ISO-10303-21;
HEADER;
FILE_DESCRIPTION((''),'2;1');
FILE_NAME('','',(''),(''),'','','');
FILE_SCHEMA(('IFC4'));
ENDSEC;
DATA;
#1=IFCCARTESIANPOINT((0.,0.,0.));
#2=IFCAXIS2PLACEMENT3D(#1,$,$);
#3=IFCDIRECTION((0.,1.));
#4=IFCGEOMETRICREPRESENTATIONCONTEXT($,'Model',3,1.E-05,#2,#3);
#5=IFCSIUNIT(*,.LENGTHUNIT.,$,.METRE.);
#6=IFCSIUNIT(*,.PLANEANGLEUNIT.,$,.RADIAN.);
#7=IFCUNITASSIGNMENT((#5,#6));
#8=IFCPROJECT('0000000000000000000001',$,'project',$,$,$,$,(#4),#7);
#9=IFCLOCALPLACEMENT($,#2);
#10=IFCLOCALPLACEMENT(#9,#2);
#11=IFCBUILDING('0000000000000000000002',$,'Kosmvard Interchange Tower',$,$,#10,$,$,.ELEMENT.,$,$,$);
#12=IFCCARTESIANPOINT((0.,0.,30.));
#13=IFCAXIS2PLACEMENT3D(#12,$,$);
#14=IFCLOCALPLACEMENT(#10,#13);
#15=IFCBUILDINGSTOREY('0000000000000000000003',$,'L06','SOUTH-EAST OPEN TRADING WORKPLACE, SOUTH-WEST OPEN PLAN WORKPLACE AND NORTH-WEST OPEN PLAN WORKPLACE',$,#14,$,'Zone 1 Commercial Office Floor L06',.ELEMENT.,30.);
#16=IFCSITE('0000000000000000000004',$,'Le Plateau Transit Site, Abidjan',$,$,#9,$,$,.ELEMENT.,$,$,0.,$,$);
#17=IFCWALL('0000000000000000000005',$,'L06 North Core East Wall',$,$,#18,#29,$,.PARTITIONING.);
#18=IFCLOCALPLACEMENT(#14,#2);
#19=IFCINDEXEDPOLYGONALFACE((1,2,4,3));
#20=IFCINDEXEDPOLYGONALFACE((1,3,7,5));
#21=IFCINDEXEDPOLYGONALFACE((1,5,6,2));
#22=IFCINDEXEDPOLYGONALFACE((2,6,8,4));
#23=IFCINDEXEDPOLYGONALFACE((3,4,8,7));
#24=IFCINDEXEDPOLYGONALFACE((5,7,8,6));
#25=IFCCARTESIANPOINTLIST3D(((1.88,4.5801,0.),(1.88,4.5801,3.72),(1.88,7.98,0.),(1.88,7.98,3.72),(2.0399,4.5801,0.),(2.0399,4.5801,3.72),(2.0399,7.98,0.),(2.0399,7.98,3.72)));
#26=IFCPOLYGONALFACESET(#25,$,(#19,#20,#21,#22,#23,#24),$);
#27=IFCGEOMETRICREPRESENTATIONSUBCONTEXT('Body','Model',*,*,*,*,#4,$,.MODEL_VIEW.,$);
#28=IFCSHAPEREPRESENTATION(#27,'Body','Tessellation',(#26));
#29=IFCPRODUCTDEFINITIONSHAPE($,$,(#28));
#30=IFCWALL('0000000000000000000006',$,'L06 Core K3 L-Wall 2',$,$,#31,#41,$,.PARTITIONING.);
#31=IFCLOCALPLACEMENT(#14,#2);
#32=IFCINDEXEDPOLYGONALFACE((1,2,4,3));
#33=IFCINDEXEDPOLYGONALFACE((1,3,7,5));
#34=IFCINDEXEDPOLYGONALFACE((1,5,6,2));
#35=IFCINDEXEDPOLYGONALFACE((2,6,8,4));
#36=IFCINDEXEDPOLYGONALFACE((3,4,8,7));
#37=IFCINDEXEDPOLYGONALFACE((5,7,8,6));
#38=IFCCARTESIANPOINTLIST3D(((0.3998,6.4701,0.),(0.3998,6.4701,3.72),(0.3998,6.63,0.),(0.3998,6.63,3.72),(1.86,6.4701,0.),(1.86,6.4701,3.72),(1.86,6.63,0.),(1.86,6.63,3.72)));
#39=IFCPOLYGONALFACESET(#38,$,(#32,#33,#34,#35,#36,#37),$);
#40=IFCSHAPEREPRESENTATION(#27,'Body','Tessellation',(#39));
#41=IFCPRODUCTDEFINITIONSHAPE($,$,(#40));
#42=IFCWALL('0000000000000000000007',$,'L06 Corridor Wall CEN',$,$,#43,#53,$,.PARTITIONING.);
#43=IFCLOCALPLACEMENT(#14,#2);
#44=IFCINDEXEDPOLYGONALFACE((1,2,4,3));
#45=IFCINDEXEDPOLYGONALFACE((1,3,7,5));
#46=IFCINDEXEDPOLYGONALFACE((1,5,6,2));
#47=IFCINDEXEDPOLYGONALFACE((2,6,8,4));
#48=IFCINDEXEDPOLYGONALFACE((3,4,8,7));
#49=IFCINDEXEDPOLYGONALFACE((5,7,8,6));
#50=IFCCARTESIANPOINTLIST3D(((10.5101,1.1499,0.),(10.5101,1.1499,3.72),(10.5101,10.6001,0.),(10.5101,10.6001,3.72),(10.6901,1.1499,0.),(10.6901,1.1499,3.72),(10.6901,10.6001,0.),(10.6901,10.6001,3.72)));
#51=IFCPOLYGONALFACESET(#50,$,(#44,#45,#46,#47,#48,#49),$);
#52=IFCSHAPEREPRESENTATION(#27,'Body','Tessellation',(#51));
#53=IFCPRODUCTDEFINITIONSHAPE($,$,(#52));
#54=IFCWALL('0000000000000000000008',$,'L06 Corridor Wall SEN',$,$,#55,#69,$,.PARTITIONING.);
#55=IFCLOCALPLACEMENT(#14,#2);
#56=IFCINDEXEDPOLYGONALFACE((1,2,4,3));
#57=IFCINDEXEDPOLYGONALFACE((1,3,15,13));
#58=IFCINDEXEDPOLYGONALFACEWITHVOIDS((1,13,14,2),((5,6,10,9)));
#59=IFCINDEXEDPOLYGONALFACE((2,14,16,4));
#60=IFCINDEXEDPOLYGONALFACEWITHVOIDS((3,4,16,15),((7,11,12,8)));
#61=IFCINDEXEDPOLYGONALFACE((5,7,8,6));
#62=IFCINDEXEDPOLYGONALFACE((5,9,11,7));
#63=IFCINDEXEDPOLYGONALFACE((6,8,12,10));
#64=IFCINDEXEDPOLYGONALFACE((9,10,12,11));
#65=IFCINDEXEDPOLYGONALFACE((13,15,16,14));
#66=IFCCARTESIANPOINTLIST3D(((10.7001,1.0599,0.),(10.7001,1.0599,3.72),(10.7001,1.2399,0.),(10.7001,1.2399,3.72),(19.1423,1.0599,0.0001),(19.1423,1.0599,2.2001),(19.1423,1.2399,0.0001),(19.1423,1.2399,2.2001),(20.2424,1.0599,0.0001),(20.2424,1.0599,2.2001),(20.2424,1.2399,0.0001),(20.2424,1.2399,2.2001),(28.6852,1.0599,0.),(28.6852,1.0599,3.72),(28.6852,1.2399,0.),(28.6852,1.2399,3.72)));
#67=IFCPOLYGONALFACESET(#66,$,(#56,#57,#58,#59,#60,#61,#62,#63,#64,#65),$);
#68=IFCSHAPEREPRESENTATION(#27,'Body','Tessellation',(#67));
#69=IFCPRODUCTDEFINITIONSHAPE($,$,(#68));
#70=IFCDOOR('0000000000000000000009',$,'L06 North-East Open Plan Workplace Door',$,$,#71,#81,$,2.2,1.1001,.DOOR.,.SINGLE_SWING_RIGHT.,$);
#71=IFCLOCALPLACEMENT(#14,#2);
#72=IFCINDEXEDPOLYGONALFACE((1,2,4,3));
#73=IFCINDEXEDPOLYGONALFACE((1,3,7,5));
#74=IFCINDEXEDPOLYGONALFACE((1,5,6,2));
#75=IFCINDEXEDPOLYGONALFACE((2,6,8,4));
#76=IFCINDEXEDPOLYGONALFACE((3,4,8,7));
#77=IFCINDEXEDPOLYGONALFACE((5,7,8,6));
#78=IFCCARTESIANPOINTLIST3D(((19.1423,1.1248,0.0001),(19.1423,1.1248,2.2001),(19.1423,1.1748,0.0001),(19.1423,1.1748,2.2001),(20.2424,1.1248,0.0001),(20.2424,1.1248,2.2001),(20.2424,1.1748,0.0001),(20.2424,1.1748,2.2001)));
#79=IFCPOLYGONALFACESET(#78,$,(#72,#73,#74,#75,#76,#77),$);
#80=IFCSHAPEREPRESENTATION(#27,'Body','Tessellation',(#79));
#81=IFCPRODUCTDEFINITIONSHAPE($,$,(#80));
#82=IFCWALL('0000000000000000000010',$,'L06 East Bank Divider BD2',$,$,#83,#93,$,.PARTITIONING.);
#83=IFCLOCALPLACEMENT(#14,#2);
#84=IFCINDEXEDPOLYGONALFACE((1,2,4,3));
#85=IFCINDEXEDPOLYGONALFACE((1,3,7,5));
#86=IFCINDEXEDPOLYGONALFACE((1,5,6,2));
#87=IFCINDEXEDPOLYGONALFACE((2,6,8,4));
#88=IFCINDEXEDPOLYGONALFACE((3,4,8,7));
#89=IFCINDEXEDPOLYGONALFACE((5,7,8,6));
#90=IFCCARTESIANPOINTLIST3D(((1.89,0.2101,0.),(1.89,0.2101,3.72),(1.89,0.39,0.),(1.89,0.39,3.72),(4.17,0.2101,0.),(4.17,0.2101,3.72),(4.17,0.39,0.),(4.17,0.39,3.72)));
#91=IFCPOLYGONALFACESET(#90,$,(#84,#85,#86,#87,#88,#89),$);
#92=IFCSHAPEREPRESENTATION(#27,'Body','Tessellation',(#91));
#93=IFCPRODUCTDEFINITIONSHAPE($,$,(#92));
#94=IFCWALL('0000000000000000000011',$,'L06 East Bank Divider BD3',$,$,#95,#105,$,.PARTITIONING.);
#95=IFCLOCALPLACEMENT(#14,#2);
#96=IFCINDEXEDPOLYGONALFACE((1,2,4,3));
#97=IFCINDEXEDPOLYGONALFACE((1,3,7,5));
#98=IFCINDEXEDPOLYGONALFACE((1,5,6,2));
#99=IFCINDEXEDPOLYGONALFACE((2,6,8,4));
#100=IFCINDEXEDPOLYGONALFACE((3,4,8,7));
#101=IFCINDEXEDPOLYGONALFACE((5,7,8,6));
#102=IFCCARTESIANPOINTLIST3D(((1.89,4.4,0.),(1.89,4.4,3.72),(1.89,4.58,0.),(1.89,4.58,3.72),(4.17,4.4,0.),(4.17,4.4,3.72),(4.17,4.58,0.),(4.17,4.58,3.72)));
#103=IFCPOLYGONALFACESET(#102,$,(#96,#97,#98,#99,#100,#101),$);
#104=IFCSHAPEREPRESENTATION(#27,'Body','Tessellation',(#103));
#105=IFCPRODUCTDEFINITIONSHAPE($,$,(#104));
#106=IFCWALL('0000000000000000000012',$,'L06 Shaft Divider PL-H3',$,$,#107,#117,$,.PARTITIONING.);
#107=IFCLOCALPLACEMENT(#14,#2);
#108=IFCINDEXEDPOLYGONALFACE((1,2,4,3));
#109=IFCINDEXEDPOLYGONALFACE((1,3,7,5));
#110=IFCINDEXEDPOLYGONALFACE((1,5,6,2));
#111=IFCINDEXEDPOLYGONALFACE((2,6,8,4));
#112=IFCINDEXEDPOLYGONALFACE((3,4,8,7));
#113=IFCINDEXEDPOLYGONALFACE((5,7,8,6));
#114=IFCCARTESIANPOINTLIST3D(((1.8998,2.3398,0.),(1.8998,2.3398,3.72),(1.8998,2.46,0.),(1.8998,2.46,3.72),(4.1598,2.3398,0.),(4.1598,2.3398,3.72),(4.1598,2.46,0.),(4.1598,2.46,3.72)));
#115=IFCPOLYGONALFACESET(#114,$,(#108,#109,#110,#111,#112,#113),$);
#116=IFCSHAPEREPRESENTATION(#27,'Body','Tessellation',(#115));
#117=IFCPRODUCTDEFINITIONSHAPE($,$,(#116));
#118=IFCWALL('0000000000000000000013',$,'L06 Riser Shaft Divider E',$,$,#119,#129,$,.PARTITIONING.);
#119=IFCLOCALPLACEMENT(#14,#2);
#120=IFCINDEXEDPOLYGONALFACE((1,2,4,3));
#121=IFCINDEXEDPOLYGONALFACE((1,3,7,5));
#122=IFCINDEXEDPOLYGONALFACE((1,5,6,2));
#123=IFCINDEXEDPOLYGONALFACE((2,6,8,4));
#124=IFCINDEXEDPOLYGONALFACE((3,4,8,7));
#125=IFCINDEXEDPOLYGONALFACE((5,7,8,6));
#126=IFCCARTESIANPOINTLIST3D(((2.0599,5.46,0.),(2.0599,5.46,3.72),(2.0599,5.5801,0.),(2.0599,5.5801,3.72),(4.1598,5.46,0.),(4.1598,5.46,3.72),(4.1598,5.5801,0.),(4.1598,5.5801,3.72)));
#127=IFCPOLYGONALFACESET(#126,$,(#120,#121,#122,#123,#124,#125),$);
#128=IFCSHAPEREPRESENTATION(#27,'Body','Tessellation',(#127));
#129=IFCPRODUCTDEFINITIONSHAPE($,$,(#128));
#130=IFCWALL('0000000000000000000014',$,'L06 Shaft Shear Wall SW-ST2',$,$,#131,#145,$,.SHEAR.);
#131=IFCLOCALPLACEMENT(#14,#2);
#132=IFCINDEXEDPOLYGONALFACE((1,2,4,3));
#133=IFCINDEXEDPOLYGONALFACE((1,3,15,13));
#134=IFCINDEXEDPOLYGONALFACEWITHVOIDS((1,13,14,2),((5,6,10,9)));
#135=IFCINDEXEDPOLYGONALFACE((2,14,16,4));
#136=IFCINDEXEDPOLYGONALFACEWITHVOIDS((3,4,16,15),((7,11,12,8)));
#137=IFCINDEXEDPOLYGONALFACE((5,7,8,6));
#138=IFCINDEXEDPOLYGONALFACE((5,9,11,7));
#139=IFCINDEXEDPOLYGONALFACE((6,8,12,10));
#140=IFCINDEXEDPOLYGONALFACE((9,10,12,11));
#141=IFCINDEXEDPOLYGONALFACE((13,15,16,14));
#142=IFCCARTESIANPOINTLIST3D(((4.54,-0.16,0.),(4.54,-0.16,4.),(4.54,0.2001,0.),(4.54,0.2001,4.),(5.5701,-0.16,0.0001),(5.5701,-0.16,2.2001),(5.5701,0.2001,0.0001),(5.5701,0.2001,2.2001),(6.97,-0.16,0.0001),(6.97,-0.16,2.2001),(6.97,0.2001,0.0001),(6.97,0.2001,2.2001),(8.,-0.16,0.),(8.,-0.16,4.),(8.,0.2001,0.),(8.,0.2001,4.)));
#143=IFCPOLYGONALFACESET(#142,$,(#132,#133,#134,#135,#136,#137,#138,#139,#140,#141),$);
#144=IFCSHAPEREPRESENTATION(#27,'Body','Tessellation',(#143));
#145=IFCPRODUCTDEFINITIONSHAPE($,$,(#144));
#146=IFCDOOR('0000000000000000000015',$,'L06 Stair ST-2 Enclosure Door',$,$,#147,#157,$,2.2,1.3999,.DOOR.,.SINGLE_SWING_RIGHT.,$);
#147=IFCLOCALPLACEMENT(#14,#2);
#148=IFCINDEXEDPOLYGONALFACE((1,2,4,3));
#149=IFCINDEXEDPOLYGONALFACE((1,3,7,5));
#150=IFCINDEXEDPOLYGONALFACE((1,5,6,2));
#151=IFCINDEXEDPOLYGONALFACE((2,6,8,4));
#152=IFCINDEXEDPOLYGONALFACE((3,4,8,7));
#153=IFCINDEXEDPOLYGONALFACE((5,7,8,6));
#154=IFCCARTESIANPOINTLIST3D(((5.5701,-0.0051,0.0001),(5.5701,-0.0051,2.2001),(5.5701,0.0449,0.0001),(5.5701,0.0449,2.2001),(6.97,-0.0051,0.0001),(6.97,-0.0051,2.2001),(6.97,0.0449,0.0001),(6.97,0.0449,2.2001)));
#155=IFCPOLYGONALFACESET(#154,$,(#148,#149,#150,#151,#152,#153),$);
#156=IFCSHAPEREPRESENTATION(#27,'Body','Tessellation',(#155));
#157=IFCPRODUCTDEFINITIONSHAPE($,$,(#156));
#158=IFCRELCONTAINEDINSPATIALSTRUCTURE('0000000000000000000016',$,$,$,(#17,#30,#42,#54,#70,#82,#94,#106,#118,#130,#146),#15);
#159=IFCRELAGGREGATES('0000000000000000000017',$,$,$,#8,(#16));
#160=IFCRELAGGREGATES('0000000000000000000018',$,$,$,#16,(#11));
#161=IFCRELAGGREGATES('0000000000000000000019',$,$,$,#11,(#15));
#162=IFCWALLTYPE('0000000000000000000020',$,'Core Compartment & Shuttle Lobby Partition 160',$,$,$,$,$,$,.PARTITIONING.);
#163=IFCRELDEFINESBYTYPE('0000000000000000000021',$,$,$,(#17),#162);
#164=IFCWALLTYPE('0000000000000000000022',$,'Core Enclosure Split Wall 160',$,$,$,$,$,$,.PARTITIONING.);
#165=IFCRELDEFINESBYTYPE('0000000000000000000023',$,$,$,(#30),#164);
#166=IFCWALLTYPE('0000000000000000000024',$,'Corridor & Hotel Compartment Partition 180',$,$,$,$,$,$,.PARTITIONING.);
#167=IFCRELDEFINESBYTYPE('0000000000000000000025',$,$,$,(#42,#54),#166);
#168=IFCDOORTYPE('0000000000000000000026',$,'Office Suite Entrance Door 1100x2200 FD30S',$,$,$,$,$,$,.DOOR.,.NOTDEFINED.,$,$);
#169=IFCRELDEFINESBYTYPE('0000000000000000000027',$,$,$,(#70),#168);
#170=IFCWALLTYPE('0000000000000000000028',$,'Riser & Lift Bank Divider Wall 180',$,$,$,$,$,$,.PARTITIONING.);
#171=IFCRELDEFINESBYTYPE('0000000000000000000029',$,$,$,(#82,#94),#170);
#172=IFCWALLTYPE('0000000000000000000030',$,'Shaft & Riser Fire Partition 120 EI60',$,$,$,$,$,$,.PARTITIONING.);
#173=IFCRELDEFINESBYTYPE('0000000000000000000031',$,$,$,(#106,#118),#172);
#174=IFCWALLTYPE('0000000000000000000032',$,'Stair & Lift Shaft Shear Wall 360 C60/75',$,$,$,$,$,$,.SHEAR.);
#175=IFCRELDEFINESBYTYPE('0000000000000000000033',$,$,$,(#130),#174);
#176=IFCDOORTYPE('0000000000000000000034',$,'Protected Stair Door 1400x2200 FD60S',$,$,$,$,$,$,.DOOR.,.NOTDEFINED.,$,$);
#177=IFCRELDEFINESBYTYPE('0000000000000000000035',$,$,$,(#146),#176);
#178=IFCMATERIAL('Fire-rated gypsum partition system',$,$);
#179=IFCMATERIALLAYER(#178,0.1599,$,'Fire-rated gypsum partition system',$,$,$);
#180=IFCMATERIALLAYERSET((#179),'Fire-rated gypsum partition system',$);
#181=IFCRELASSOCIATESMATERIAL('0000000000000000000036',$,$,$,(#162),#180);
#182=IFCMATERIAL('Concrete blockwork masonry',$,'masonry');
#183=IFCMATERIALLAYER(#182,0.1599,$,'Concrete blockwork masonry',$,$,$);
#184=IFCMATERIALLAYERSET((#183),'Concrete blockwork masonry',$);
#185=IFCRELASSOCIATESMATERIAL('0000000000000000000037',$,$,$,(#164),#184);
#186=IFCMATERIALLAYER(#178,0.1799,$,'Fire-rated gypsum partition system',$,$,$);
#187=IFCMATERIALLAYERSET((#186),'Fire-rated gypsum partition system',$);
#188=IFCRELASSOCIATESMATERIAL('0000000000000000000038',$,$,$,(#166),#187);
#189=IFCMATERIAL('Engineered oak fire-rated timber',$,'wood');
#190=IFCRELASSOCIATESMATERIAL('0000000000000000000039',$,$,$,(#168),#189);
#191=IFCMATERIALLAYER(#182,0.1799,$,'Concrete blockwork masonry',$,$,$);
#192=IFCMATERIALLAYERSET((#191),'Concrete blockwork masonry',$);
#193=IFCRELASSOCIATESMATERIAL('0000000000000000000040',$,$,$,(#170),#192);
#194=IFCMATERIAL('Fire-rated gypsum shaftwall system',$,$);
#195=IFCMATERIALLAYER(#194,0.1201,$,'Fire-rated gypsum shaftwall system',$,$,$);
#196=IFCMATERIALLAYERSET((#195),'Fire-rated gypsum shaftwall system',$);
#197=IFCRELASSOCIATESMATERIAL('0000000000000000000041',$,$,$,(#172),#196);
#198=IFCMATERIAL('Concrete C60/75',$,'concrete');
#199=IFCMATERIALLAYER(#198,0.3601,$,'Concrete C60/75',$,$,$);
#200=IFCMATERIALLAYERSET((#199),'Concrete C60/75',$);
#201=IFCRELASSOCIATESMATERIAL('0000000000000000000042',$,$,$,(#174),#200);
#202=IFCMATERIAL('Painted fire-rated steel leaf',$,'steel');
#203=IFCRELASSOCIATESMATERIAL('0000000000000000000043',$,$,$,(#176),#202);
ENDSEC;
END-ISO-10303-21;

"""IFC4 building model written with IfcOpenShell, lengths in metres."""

from ifc_helpers import new_model, si_unit, direction, frame, frame_2d, origin, place, context, subcontext, project, spatial, rectangle, extrude, source, transform, mapped, material, layer, layer_set, type_object, element, fill, save


model = new_model("IFC4")

# Units and contexts
model_context = context("Model", 3, precision=1e-05, world=origin(), true_north=direction((0.0, 1.0)))
body_context = subcontext(model_context, "Body", "Model", "MODEL_VIEW")
ifc_project = project(units=[si_unit("LENGTHUNIT", "METRE"), si_unit("PLANEANGLEUNIT", "RADIAN")], contexts=[model_context])

# Site, building, storey
site_placement = place(None, origin())
site = spatial("IfcSite", under=ifc_project, at=site_placement, Name="Le Plateau Transit Site, Abidjan", CompositionType="ELEMENT", RefElevation=0.0)
building_placement = place(site_placement, origin())
building = spatial("IfcBuilding", under=site, at=building_placement, Name="Kosmvard Interchange Tower", CompositionType="ELEMENT")
storey_placement = place(building_placement, frame((0.0, 0.0, 30.0)))
storey = spatial("IfcBuildingStorey", under=building, at=storey_placement, Name="L06", Description="SOUTH-EAST OPEN TRADING WORKPLACE, SOUTH-WEST OPEN PLAN WORKPLACE AND NORTH-WEST OPEN PLAN WORKPLACE", LongName="Zone 1 Commercial Office Floor L06", CompositionType="ELEMENT", Elevation=30.0)

# Walls
ifc_material_1 = material(Name="Fire-rated gypsum partition system")
ifc_layer_1 = layer(ifc_material_1, 0.1599, Name="Fire-rated gypsum partition system")
ifc_layer_set_1 = layer_set([ifc_layer_1], Name="Fire-rated gypsum partition system")
wall_type_1 = type_object("IfcWallType", Name="Core Compartment & Shuttle Lobby Partition 160", PredefinedType="PARTITIONING", material=ifc_layer_set_1)
wall_1_placement = place(storey_placement, frame((1.96, 4.5801, 0.0), z_axis=(0.0, 0.0, 1.0), x_axis=(0.0, 1.0, 0.0)))
element("IfcWall", 1, at=wall_1_placement, inside=storey, type_object=wall_type_1, Name="L06 North Core East Wall", PredefinedType="PARTITIONING", context=body_context, shape_type="SweptSolid", body=[
    extrude(rectangle(XDim=3.3999, YDim=0.1599, at=frame_2d((1.7, 0.0))), origin(), (0.0, 0.0, 1.0), 3.72),
])
ifc_material_2 = material(Name="Concrete blockwork masonry", Category="masonry")
ifc_layer_2 = layer(ifc_material_2, 0.1599, Name="Concrete blockwork masonry")
ifc_layer_set_2 = layer_set([ifc_layer_2], Name="Concrete blockwork masonry")
wall_type_2 = type_object("IfcWallType", Name="Core Enclosure Split Wall 160", PredefinedType="PARTITIONING", material=ifc_layer_set_2)
wall_2_placement = place(storey_placement, frame((0.3999, 6.55, 0.0), z_axis=(0.0, 0.0, 1.0), x_axis=(1.0, 0.0, 0.0)))
element("IfcWall", 2, at=wall_2_placement, inside=storey, type_object=wall_type_2, Name="L06 Core K3 L-Wall 2", PredefinedType="PARTITIONING", context=body_context, shape_type="SweptSolid", body=[
    extrude(rectangle(XDim=1.4602, YDim=0.1599, at=frame_2d((0.73, 0.0))), origin(), (0.0, 0.0, 1.0), 3.72),
])
ifc_layer_3 = layer(ifc_material_1, 0.1799, Name="Fire-rated gypsum partition system")
ifc_layer_set_3 = layer_set([ifc_layer_3], Name="Fire-rated gypsum partition system")
wall_type_3 = type_object("IfcWallType", Name="Corridor & Hotel Compartment Partition 180", PredefinedType="PARTITIONING", material=ifc_layer_set_3)
wall_3_placement = place(storey_placement, frame((10.6001, 1.1499, 0.0), z_axis=(0.0, 0.0, 1.0), x_axis=(0.0, 1.0, 0.0)))
element("IfcWall", 3, at=wall_3_placement, inside=storey, type_object=wall_type_3, Name="L06 Corridor Wall CEN", PredefinedType="PARTITIONING", context=body_context, shape_type="SweptSolid", body=[
    extrude(rectangle(XDim=9.4502, YDim=0.1799, at=frame_2d((4.7251, 0.0))), origin(), (0.0, 0.0, 1.0), 3.72),
])

# Wall, opening, door
wall_4_placement = place(storey_placement, frame((10.7, 1.1499, 0.0), z_axis=(0.0, 0.0, 1.0), x_axis=(1.0, 0.0, 0.0)))
wall_4 = element("IfcWall", 4, at=wall_4_placement, inside=storey, type_object=wall_type_3, Name="L06 Corridor Wall SEN", PredefinedType="PARTITIONING", context=body_context, shape_type="SweptSolid", body=[
    extrude(rectangle(XDim=17.9851, YDim=0.1799, at=frame_2d((8.9927, 0.0))), origin(), (0.0, 0.0, 1.0), 3.72),
])
opening_1_placement = place(wall_4_placement, frame((8.4424, 0.0, 0.0)))
opening_1 = element("IfcOpeningElement", 5, at=opening_1_placement, cuts=wall_4, PredefinedType="OPENING", context=body_context, shape_type="SweptSolid", body=[
    extrude(rectangle(XDim=1.1001, YDim=2.2, at=frame_2d((0.55, 1.1001))), frame((0.0, 0.1001, 0.0), z_axis=(0.0, -1.0, 0.0), x_axis=(1.0, 0.0, 0.0)), (0.0, 0.0, 1.0), 0.2),
])
ifc_material_3 = material(Name="Engineered oak fire-rated timber", Category="wood")
door_type_1 = type_object("IfcDoorType", Name="Office Suite Entrance Door 1100x2200 FD30S", OperationType="NOTDEFINED", PredefinedType="DOOR", material=ifc_material_3)
shared_shape_1 = source(origin(), body_context, "Body", "SweptSolid", [
    extrude(rectangle(XDim=1.1001, YDim=2.2, at=frame_2d((0.55, 1.1001))), frame((0.0, 0.0249, 0.0), z_axis=(0.0, -1.0, 0.0), x_axis=(1.0, 0.0, 0.0)), (0.0, 0.0, 1.0), 0.05),
])
door_1_placement = place(opening_1_placement, origin())
door_1 = element("IfcDoor", 6, at=door_1_placement, inside=storey, type_object=door_type_1, Name="L06 North-East Open Plan Workplace Door", OperationType="SINGLE_SWING_RIGHT", OverallHeight=2.2, OverallWidth=1.1001, PredefinedType="DOOR", context=body_context, shape_type="MappedRepresentation", body=[
    mapped(shared_shape_1, transform((0.0, 0.0, 0.0), scale=1.0)),
])
fill(opening_1, door_1)

# Walls
ifc_layer_4 = layer(ifc_material_2, 0.1799, Name="Concrete blockwork masonry")
ifc_layer_set_4 = layer_set([ifc_layer_4], Name="Concrete blockwork masonry")
wall_type_4 = type_object("IfcWallType", Name="Riser & Lift Bank Divider Wall 180", PredefinedType="PARTITIONING", material=ifc_layer_set_4)
for number, where, z_axis, x_axis, name in (
    (7, (1.8899, 0.3, 0.0), (0.0, 0.0, 1.0), (1.0, 0.0, 0.0), "L06 East Bank Divider BD2"),
    (8, (1.8899, 4.49, 0.0), (0.0, 0.0, 1.0), (1.0, 0.0, 0.0), "L06 East Bank Divider BD3"),
):
    element("IfcWall", number, at=place(storey_placement, frame(where, z_axis=z_axis, x_axis=x_axis)), inside=storey, type_object=wall_type_4, Name=name, PredefinedType="PARTITIONING", context=body_context, shape_type="SweptSolid", body=[
        extrude(rectangle(XDim=2.28, YDim=0.1799, at=frame_2d((1.1401, 0.0))), origin(), (0.0, 0.0, 1.0), 3.72),
    ])
ifc_material_4 = material(Name="Fire-rated gypsum shaftwall system")
ifc_layer_5 = layer(ifc_material_4, 0.1201, Name="Fire-rated gypsum shaftwall system")
ifc_layer_set_5 = layer_set([ifc_layer_5], Name="Fire-rated gypsum shaftwall system")
wall_type_5 = type_object("IfcWallType", Name="Shaft & Riser Fire Partition 120 EI60", PredefinedType="PARTITIONING", material=ifc_layer_set_5)
wall_5_placement = place(storey_placement, frame((1.8999, 2.3999, 0.0), z_axis=(0.0, 0.0, 1.0), x_axis=(1.0, 0.0, 0.0)))
element("IfcWall", 9, at=wall_5_placement, inside=storey, type_object=wall_type_5, Name="L06 Shaft Divider PL-H3", PredefinedType="PARTITIONING", context=body_context, shape_type="SweptSolid", body=[
    extrude(rectangle(XDim=2.26, YDim=0.1201, at=frame_2d((1.1299, 0.0))), origin(), (0.0, 0.0, 1.0), 3.72),
])
wall_6_placement = place(storey_placement, frame((2.0601, 5.52, 0.0), z_axis=(0.0, 0.0, 1.0), x_axis=(1.0, 0.0, 0.0)))
element("IfcWall", 10, at=wall_6_placement, inside=storey, type_object=wall_type_5, Name="L06 Riser Shaft Divider E", PredefinedType="PARTITIONING", context=body_context, shape_type="SweptSolid", body=[
    extrude(rectangle(XDim=2.0999, YDim=0.1201, at=frame_2d((1.0498, 0.0))), origin(), (0.0, 0.0, 1.0), 3.72),
])

# Wall, opening, door
ifc_material_5 = material(Name="Concrete C60/75", Category="concrete")
ifc_layer_6 = layer(ifc_material_5, 0.3601, Name="Concrete C60/75")
ifc_layer_set_6 = layer_set([ifc_layer_6], Name="Concrete C60/75")
wall_type_6 = type_object("IfcWallType", Name="Stair & Lift Shaft Shear Wall 360 C60/75", PredefinedType="SHEAR", material=ifc_layer_set_6)
wall_7_placement = place(storey_placement, frame((4.54, 0.02, 0.0), z_axis=(0.0, 0.0, 1.0), x_axis=(1.0, 0.0, 0.0)))
wall_7 = element("IfcWall", 11, at=wall_7_placement, inside=storey, type_object=wall_type_6, Name="L06 Shaft Shear Wall SW-ST2", PredefinedType="SHEAR", context=body_context, shape_type="SweptSolid", body=[
    extrude(rectangle(XDim=3.46, YDim=0.3601, at=frame_2d((1.73, 0.0))), origin(), (0.0, 0.0, 1.0), 4.0),
])
opening_2_placement = place(wall_7_placement, frame((1.03, 0.0, 0.0)))
opening_2 = element("IfcOpeningElement", 12, at=opening_2_placement, cuts=wall_7, PredefinedType="OPENING", context=body_context, shape_type="SweptSolid", body=[
    extrude(rectangle(XDim=1.3999, YDim=2.2, at=frame_2d((0.7, 1.1001))), frame((0.0, 0.1899, 0.0), z_axis=(0.0, -1.0, 0.0), x_axis=(1.0, 0.0, 0.0)), (0.0, 0.0, 1.0), 0.3801),
])
ifc_material_6 = material(Name="Painted fire-rated steel leaf", Category="steel")
door_type_2 = type_object("IfcDoorType", Name="Protected Stair Door 1400x2200 FD60S", OperationType="NOTDEFINED", PredefinedType="DOOR", material=ifc_material_6)
shared_shape_2 = source(origin(), body_context, "Body", "SweptSolid", [
    extrude(rectangle(XDim=1.3999, YDim=2.2, at=frame_2d((0.7, 1.1001))), frame((0.0, 0.0249, 0.0), z_axis=(0.0, -1.0, 0.0), x_axis=(1.0, 0.0, 0.0)), (0.0, 0.0, 1.0), 0.05),
])
door_2_placement = place(opening_2_placement, origin())
door_2 = element("IfcDoor", 13, at=door_2_placement, inside=storey, type_object=door_type_2, Name="L06 Stair ST-2 Enclosure Door", OperationType="SINGLE_SWING_RIGHT", OverallHeight=2.2, OverallWidth=1.3999, PredefinedType="DOOR", context=body_context, shape_type="MappedRepresentation", body=[
    mapped(shared_shape_2, transform((0.0, 0.0, 0.0), scale=1.0)),
])
fill(opening_2, door_2)

save(model, "model.ifc")
